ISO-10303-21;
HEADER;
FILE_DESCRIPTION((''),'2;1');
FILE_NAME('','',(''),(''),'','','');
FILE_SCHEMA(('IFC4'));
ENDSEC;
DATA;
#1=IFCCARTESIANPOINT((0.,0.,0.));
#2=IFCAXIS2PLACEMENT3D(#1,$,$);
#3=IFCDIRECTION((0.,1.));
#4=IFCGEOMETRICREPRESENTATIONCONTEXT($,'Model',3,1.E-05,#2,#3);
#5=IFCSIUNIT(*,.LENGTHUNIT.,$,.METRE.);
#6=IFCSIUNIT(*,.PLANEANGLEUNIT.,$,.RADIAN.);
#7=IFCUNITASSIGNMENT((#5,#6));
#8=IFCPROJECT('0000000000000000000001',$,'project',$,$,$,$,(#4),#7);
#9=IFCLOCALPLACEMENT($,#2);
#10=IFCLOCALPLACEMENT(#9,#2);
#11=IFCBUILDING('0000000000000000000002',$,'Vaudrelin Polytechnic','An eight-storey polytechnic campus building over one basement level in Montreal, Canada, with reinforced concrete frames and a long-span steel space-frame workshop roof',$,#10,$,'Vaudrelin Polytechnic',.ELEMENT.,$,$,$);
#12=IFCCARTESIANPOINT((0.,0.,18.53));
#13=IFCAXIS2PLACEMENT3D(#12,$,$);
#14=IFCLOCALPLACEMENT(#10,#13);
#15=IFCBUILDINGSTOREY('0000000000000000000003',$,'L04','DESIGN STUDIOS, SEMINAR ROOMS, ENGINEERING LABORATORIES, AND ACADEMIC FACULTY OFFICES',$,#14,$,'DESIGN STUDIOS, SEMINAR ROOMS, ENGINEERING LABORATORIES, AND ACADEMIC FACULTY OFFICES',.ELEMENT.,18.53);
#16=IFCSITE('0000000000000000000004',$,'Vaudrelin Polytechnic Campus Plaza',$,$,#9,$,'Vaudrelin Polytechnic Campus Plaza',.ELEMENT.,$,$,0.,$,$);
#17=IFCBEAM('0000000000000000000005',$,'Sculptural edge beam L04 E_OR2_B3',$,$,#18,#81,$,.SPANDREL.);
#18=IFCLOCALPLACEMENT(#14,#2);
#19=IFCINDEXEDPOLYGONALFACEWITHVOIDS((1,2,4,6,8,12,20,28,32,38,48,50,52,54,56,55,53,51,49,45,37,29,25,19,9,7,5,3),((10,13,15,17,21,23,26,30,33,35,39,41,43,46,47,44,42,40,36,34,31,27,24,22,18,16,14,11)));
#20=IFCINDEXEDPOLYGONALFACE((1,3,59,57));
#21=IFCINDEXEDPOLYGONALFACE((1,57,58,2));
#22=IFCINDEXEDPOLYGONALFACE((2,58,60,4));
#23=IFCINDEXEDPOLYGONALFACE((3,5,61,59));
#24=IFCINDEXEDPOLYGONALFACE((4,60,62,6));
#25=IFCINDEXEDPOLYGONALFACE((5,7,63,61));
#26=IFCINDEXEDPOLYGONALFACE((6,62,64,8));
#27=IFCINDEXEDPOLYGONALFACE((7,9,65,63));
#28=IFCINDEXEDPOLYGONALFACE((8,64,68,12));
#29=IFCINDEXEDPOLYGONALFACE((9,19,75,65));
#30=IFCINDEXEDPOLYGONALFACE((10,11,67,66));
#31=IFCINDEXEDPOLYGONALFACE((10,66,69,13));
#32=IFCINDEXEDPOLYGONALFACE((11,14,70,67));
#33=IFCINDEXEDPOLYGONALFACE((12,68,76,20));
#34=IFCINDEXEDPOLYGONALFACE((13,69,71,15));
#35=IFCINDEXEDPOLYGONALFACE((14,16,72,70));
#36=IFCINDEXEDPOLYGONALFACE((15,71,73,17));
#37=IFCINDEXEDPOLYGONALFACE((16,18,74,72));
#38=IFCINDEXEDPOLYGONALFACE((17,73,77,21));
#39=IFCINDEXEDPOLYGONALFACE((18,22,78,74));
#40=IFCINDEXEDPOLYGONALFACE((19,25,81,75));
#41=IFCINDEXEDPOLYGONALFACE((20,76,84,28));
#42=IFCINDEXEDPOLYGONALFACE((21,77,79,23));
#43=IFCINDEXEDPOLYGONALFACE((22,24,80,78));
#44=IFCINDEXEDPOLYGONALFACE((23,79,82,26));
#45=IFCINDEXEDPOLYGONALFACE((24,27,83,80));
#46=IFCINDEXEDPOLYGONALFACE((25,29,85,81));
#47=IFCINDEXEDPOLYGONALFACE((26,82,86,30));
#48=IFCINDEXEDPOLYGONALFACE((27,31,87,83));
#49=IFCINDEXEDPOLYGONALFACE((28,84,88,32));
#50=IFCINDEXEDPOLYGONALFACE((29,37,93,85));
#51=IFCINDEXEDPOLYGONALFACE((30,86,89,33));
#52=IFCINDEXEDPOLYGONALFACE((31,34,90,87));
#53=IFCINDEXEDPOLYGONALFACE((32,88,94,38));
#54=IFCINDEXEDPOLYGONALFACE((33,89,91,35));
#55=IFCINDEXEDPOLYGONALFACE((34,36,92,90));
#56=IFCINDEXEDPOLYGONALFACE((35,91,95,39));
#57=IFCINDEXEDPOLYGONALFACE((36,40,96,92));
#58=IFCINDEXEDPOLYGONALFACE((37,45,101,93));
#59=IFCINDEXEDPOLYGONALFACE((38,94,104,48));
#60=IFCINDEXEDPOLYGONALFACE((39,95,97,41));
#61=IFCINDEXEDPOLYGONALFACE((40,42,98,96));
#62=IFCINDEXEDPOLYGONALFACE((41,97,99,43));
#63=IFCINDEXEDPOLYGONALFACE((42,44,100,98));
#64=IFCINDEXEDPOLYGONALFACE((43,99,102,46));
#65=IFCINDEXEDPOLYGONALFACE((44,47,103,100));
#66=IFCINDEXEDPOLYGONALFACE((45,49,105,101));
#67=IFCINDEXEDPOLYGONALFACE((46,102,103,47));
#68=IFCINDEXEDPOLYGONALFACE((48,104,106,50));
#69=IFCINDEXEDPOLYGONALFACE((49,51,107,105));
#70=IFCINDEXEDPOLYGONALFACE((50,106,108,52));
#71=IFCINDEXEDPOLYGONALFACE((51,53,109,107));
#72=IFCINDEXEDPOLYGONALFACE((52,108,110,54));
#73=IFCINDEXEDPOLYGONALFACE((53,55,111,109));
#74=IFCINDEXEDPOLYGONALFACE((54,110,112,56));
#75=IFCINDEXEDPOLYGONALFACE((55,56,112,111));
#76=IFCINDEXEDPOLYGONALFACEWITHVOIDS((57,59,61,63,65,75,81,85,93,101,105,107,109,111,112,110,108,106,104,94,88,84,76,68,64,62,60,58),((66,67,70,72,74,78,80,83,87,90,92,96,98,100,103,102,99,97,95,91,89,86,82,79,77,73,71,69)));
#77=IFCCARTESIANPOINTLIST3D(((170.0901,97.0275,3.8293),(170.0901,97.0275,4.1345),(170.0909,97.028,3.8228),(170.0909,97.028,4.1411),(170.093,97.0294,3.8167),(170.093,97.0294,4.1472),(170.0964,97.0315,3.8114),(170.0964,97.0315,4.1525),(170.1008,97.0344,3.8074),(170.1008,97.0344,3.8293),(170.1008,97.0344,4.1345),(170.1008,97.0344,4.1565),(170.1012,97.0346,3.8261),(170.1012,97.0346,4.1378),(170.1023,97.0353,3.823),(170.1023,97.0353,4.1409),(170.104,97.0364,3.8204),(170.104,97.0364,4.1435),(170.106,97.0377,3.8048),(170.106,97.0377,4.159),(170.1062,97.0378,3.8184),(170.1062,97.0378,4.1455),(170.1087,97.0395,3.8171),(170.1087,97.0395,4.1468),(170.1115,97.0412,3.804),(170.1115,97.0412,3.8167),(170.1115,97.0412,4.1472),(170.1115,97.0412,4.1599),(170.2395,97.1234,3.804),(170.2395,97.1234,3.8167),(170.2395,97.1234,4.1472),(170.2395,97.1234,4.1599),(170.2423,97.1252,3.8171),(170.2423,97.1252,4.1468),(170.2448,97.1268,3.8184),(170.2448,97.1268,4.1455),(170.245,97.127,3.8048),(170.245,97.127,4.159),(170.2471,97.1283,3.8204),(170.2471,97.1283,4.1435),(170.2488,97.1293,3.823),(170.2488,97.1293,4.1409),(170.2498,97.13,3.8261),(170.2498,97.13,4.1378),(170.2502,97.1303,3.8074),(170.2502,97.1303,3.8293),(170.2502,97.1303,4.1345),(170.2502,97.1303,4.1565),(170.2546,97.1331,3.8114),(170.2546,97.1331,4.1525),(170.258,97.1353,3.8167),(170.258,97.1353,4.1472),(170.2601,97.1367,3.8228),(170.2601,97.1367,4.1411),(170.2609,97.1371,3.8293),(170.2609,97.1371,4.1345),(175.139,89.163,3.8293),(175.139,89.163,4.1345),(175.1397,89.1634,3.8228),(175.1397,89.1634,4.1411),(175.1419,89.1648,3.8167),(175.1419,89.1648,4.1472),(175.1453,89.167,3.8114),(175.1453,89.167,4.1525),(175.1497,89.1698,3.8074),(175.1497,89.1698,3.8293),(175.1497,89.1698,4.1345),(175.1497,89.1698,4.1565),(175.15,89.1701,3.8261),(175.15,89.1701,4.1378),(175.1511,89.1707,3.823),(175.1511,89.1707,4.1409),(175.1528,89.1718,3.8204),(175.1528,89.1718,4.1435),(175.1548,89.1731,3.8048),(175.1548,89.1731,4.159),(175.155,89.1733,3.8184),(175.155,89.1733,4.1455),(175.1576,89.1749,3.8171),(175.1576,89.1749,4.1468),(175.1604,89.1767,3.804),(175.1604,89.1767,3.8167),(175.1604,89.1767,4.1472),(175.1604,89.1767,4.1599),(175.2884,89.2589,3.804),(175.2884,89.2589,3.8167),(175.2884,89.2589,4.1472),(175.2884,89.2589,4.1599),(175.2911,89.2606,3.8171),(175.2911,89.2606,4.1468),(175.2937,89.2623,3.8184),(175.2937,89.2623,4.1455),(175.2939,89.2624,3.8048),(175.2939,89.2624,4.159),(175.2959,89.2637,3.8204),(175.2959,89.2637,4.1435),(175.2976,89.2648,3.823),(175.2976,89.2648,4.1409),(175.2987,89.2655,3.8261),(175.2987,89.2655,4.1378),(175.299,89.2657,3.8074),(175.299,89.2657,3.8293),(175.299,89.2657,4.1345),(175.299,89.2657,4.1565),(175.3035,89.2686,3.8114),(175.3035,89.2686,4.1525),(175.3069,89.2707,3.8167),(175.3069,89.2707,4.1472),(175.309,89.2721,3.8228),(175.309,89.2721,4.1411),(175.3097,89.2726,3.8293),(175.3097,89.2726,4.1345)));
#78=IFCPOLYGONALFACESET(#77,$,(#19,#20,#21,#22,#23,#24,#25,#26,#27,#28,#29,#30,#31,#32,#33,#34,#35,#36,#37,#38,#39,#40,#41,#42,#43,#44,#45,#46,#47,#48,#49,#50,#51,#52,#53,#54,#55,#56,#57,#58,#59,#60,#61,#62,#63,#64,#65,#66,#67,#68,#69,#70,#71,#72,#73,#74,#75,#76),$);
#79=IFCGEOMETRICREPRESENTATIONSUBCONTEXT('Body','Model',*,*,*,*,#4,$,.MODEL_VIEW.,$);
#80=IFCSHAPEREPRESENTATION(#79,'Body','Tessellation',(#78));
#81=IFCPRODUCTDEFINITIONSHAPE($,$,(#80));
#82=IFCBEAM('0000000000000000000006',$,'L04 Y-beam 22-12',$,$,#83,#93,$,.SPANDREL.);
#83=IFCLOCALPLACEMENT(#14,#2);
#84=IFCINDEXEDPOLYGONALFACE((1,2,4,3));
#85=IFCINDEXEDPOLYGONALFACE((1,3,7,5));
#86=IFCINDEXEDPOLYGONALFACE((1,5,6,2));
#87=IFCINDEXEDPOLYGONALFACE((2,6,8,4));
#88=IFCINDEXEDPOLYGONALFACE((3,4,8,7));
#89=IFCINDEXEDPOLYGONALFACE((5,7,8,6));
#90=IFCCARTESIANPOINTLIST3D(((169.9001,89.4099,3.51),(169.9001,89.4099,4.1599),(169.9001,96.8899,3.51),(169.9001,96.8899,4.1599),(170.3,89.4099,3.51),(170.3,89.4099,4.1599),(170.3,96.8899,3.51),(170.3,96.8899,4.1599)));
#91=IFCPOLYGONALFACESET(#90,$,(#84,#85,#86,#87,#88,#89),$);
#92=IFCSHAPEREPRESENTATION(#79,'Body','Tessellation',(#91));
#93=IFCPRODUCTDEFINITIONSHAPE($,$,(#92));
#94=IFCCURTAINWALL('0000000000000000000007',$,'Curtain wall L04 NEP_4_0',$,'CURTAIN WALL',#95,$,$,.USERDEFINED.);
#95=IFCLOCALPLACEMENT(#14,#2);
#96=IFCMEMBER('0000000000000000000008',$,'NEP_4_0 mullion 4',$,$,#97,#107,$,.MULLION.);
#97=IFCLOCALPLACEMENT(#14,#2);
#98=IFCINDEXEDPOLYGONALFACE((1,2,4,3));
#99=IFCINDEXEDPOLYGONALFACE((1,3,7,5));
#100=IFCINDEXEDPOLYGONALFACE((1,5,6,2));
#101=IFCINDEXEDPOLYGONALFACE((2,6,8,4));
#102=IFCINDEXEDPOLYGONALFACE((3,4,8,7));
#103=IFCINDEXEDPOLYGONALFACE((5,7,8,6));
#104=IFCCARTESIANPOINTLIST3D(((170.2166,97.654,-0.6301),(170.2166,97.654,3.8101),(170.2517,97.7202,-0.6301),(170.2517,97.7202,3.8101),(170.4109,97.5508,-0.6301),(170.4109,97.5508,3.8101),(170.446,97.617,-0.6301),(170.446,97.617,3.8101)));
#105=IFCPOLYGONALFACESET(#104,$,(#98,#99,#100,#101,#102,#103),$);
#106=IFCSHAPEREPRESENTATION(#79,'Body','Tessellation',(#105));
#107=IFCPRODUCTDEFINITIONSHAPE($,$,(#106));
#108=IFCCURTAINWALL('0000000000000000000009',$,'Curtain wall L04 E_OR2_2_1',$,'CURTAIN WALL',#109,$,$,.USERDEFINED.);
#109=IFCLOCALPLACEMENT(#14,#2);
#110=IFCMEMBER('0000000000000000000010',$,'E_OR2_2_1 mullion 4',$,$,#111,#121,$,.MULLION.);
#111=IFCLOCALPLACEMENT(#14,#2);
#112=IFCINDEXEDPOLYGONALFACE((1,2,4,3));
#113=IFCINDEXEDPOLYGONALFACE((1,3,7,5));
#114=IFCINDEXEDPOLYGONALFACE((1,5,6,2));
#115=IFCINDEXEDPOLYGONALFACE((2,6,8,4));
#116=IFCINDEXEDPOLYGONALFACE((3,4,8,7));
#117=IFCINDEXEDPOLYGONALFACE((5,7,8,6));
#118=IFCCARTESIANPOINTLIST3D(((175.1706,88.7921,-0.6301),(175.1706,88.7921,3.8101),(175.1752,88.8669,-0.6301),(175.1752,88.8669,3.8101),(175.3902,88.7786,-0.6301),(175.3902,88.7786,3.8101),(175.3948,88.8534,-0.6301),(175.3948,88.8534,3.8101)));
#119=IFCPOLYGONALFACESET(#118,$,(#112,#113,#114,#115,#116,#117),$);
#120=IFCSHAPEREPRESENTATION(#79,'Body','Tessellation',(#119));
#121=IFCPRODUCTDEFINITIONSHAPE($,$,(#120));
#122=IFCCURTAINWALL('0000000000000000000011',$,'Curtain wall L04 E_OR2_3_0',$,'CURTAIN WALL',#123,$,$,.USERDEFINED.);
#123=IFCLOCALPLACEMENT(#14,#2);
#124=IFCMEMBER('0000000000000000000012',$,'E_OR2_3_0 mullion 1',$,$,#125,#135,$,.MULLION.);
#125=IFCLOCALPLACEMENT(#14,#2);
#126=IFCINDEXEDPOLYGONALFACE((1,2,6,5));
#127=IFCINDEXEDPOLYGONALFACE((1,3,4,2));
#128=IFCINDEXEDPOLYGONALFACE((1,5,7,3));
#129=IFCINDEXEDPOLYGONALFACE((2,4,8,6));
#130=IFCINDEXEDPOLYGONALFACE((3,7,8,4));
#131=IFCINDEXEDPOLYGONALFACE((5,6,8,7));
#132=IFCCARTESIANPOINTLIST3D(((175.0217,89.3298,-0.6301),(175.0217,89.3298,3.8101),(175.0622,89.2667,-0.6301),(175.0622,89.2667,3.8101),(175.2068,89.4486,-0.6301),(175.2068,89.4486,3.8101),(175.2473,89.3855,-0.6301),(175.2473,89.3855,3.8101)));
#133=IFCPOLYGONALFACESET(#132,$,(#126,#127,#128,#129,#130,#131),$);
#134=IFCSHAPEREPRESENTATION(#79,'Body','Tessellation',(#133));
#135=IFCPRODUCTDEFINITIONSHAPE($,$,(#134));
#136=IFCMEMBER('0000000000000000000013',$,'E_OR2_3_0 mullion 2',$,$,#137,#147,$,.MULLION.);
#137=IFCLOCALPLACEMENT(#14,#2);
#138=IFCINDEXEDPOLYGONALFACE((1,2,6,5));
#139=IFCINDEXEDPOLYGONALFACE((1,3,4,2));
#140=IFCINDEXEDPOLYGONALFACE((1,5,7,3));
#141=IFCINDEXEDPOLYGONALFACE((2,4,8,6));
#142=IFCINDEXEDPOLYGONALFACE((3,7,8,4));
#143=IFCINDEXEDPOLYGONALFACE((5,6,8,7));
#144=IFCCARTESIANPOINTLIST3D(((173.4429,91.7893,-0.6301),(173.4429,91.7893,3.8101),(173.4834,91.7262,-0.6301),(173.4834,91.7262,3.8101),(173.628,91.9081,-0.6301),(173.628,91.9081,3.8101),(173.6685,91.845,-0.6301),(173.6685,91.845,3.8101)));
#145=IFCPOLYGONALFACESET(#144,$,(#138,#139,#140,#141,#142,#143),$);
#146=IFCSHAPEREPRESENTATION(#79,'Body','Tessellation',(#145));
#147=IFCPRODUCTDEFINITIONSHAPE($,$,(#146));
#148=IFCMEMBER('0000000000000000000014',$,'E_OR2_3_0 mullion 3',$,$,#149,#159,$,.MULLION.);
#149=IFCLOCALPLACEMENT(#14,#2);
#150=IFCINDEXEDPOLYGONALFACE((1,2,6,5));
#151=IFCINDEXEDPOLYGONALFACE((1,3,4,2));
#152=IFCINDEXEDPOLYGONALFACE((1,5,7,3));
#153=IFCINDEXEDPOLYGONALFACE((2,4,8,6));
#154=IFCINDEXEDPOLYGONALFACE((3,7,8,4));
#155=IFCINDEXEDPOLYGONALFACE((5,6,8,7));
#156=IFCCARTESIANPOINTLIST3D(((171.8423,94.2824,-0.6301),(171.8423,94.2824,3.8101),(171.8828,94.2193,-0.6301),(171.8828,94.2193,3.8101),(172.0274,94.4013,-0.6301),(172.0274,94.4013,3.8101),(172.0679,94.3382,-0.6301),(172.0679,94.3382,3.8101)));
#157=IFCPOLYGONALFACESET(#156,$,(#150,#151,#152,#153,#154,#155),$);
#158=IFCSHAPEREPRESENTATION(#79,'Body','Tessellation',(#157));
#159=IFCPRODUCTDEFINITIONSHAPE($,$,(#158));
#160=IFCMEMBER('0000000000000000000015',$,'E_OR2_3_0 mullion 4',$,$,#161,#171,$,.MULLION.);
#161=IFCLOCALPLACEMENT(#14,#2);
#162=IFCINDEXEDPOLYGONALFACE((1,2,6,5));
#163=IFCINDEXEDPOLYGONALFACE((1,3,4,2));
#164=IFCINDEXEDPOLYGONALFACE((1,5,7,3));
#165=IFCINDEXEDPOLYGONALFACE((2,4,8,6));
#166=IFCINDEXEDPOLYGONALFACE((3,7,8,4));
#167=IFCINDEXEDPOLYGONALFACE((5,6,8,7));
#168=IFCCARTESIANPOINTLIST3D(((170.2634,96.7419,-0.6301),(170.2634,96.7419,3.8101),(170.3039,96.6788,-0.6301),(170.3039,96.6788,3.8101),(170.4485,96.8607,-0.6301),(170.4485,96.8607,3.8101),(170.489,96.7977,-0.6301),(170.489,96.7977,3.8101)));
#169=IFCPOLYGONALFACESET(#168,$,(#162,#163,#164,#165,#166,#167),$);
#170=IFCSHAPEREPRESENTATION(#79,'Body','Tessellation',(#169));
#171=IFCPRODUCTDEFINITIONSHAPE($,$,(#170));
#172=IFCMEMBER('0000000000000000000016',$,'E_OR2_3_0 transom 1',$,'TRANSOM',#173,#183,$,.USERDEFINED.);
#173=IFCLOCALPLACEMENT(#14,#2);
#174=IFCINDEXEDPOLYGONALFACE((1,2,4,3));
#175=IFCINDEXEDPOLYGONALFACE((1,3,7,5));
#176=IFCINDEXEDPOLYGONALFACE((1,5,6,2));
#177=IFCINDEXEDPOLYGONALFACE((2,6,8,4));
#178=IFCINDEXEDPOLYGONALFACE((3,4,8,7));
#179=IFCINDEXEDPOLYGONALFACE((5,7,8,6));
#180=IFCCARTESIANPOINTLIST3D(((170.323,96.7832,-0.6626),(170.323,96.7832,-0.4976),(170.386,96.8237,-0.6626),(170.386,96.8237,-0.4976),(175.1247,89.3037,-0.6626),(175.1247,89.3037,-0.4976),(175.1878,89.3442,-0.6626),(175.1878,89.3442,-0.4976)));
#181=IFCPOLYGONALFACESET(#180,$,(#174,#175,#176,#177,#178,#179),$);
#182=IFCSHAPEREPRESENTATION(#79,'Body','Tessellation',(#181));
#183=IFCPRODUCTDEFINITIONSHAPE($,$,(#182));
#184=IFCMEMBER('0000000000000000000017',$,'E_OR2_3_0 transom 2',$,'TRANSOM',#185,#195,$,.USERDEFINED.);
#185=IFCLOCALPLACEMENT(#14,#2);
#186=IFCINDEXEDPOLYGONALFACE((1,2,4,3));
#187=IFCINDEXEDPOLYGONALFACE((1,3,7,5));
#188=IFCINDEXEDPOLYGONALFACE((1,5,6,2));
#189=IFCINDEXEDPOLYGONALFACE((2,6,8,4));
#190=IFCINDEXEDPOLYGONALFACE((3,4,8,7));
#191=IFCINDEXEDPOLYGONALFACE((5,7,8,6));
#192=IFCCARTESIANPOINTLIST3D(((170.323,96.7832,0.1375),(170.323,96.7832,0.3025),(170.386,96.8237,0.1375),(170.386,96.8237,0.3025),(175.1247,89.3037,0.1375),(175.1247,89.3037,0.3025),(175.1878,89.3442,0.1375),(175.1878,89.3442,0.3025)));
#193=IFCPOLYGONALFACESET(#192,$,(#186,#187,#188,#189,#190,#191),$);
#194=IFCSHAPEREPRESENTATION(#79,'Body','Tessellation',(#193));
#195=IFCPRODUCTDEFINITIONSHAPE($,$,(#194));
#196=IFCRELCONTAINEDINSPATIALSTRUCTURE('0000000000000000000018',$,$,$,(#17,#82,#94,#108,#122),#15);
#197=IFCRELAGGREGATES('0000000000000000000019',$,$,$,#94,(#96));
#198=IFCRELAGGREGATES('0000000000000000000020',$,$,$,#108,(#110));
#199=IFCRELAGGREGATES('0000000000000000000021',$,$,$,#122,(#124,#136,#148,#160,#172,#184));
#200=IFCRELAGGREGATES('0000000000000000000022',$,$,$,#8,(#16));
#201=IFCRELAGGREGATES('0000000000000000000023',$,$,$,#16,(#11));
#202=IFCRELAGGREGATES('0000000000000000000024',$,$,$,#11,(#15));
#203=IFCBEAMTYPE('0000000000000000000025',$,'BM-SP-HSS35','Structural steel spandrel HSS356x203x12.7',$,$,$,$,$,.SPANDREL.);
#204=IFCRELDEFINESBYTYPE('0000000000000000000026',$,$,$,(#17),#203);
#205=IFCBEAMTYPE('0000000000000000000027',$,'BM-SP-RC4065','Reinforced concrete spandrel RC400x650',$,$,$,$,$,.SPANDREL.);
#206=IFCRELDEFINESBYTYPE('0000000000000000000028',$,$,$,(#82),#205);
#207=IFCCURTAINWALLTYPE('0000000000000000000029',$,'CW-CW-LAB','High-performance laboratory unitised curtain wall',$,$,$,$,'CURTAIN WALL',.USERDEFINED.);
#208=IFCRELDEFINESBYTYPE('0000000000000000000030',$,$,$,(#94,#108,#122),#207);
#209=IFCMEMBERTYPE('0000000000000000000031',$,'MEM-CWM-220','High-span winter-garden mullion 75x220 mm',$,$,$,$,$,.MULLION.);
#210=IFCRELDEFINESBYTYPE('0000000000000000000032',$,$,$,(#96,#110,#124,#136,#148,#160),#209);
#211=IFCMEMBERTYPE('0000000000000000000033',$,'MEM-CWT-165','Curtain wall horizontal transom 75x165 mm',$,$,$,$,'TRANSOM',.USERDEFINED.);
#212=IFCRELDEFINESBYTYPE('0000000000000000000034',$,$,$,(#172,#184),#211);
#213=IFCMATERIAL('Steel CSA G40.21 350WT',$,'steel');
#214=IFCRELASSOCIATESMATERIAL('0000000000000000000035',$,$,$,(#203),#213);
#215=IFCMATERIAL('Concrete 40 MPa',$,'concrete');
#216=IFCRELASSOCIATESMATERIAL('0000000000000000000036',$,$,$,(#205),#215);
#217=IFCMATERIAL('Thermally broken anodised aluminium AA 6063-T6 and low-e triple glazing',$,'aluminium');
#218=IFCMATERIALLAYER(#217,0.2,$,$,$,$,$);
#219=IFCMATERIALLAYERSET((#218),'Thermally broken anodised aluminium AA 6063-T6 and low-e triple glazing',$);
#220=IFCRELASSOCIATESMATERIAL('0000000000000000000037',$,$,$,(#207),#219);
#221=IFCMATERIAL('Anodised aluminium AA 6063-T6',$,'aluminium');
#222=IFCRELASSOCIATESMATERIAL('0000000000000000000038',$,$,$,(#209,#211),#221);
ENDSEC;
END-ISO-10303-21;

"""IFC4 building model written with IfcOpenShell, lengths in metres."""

from ifc_helpers import new_model, si_unit, direction, frame, origin, origin_2d, place, context, subcontext, project, spatial, rectangle, hollow_rectangle, extrude, material, layer, layer_set, material_profile, profile_set, type_object, element, aggregate, save


model = new_model("IFC4")

# Units and contexts
model_context = context("Model", 3, precision=1e-05, world=origin(), true_north=direction((0.0, 1.0)))
body_context = subcontext(model_context, "Body", "Model", "MODEL_VIEW")
ifc_project = project(units=[si_unit("LENGTHUNIT", "METRE"), si_unit("PLANEANGLEUNIT", "RADIAN")], contexts=[model_context])

# Site, building, storey
site_placement = place(None, origin())
site = spatial("IfcSite", under=ifc_project, at=site_placement, Name="Vaudrelin Polytechnic Campus Plaza", LongName="Vaudrelin Polytechnic Campus Plaza", CompositionType="ELEMENT", RefElevation=0.0)
building_placement = place(site_placement, origin())
building = spatial("IfcBuilding", under=site, at=building_placement, Name="Vaudrelin Polytechnic", Description="An eight-storey polytechnic campus building over one basement level in Montreal, Canada, with reinforced concrete frames and a long-span steel space-frame workshop roof", LongName="Vaudrelin Polytechnic", CompositionType="ELEMENT")
storey_placement = place(building_placement, frame((0.0, 0.0, 18.53)))
storey = spatial("IfcBuildingStorey", under=building, at=storey_placement, Name="L04", Description="DESIGN STUDIOS, SEMINAR ROOMS, ENGINEERING LABORATORIES, AND ACADEMIC FACULTY OFFICES", LongName="DESIGN STUDIOS, SEMINAR ROOMS, ENGINEERING LABORATORIES, AND ACADEMIC FACULTY OFFICES", CompositionType="ELEMENT", Elevation=18.53)

# Shared definitions
ifc_material_1 = material(Name="Steel CSA G40.21 350WT", Category="steel")
ifc_material_2 = material(Name="Concrete 40 MPa", Category="concrete")

# Beams
ifc_material_profile_1 = material_profile(ifc_material_1, hollow_rectangle(XDim=0.2029, YDim=0.356, WallThickness=0.0127, InnerFilletRadius=0.0127, OuterFilletRadius=0.0254, at=origin_2d()), Name="HSS356x203x12.7")
ifc_profile_set_1 = profile_set([ifc_material_profile_1], Name="Steel CSA G40.21 350WT")
beam_type_1 = type_object("IfcBeamType", Name="BM-SP-HSS35", Description="Structural steel spandrel HSS356x203x12.7", PredefinedType="SPANDREL", material=ifc_profile_set_1)
beam_1_placement = place(storey_placement, frame((175.2244, 89.2178, 3.9819), z_axis=(-0.540233, 0.841515, 0.0), x_axis=(-0.841515, -0.540233, 0.0)))
element("IfcBeam", 1, at=beam_1_placement, inside=storey, type_object=beam_type_1, Name="Sculptural edge beam L04 E_OR2_B3", PredefinedType="SPANDREL", context=body_context, shape_type="SweptSolid", body=[
    extrude(hollow_rectangle(XDim=0.2029, YDim=0.356, WallThickness=0.0127, InnerFilletRadius=0.0127, OuterFilletRadius=0.0254, at=origin_2d()), origin(), (0.0, 0.0, 1.0), 9.3457),
])
ifc_material_profile_2 = material_profile(ifc_material_2, rectangle(XDim=0.3999, YDim=0.6499, at=origin_2d()), Name="RC400x650")
ifc_profile_set_2 = profile_set([ifc_material_profile_2], Name="Concrete 40 MPa")
beam_type_2 = type_object("IfcBeamType", Name="BM-SP-RC4065", Description="Reinforced concrete spandrel RC400x650", PredefinedType="SPANDREL", material=ifc_profile_set_2)
beam_2_placement = place(storey_placement, frame((170.1001, 89.4099, 3.835), z_axis=(0.0, 1.0, 0.0), x_axis=(-1.0, 0.0, 0.0)))
element("IfcBeam", 2, at=beam_2_placement, inside=storey, type_object=beam_type_2, Name="L04 Y-beam 22-12", PredefinedType="SPANDREL", context=body_context, shape_type="SweptSolid", body=[
    extrude(rectangle(XDim=0.3999, YDim=0.6499, at=origin_2d()), origin(), (0.0, 0.0, 1.0), 7.48),
])

# Curtain walls, members
ifc_material_3 = material(Name="Thermally broken anodised aluminium AA 6063-T6 and low-e triple glazing", Category="aluminium")
ifc_layer_1 = layer(ifc_material_3, 0.2)
ifc_layer_set_1 = layer_set([ifc_layer_1], Name="Thermally broken anodised aluminium AA 6063-T6 and low-e triple glazing")
curtain_wall_type = type_object("IfcCurtainWallType", Name="CW-CW-LAB", Description="High-performance laboratory unitised curtain wall", ElementType="CURTAIN WALL", PredefinedType="USERDEFINED", material=ifc_layer_set_1)
curtain_wall_1_placement = place(storey_placement, origin())
curtain_wall_1 = element("IfcCurtainWall", 3, at=curtain_wall_1_placement, inside=storey, type_object=curtain_wall_type, Name="Curtain wall L04 NEP_4_0", ObjectType="CURTAIN WALL", PredefinedType="USERDEFINED")
ifc_material_4 = material(Name="Anodised aluminium AA 6063-T6", Category="aluminium")
ifc_material_profile_3 = material_profile(ifc_material_4, rectangle(XDim=0.075, YDim=0.22, at=origin_2d()), Name="CWM-75x220")
ifc_profile_set_3 = profile_set([ifc_material_profile_3], Name="Anodised aluminium AA 6063-T6")
member_type_1 = type_object("IfcMemberType", Name="MEM-CWM-220", Description="High-span winter-garden mullion 75x220 mm", PredefinedType="MULLION", material=ifc_profile_set_3)
member_1_placement = place(storey_placement, frame((170.3313, 97.6355, -0.6301), z_axis=(0.0, 0.0, 1.0), x_axis=(-0.468892, -0.883256, 0.0)))
member_1 = element("IfcMember", 4, at=member_1_placement, type_object=member_type_1, Name="NEP_4_0 mullion 4", PredefinedType="MULLION", context=body_context, shape_type="SweptSolid", body=[
    extrude(rectangle(XDim=0.075, YDim=0.22, at=origin_2d()), origin(), (0.0, 0.0, 1.0), 4.4402),
])
curtain_wall_2_placement = place(storey_placement, origin())
curtain_wall_2 = element("IfcCurtainWall", 5, at=curtain_wall_2_placement, inside=storey, type_object=curtain_wall_type, Name="Curtain wall L04 E_OR2_2_1", ObjectType="CURTAIN WALL", PredefinedType="USERDEFINED")
member_2_placement = place(storey_placement, frame((175.2827, 88.8228, -0.6301), z_axis=(0.0, 0.0, 1.0), x_axis=(0.061605, 0.998101, 0.0)))
member_2 = element("IfcMember", 6, at=member_2_placement, type_object=member_type_1, Name="E_OR2_2_1 mullion 4", PredefinedType="MULLION", context=body_context, shape_type="SweptSolid", body=[
    extrude(rectangle(XDim=0.075, YDim=0.22, at=origin_2d()), origin(), (0.0, 0.0, 1.0), 4.4402),
])

# Curtain wall, members
curtain_wall_3_placement = place(storey_placement, origin())
curtain_wall_3 = element("IfcCurtainWall", 7, at=curtain_wall_3_placement, inside=storey, type_object=curtain_wall_type, Name="Curtain wall L04 E_OR2_3_0", ObjectType="CURTAIN WALL", PredefinedType="USERDEFINED")
member_3_placement = place(storey_placement, frame((175.1345, 89.3577, -0.6301), z_axis=(0.0, 0.0, 1.0), x_axis=(-0.540228, 0.841519, 0.0)))
member_3 = element("IfcMember", 8, at=member_3_placement, type_object=member_type_1, Name="E_OR2_3_0 mullion 1", PredefinedType="MULLION", context=body_context, shape_type="SweptSolid", body=[
    extrude(rectangle(XDim=0.075, YDim=0.22, at=origin_2d()), origin(), (0.0, 0.0, 1.0), 4.4402),
])
member_4_placement = place(storey_placement, frame((173.5557, 91.8171, -0.6301), z_axis=(0.0, 0.0, 1.0), x_axis=(-0.540228, 0.841519, 0.0)))
member_4 = element("IfcMember", 9, at=member_4_placement, type_object=member_type_1, Name="E_OR2_3_0 mullion 2", PredefinedType="MULLION", context=body_context, shape_type="SweptSolid", body=[
    extrude(rectangle(XDim=0.075, YDim=0.22, at=origin_2d()), origin(), (0.0, 0.0, 1.0), 4.4402),
])
member_5_placement = place(storey_placement, frame((171.9551, 94.3103, -0.6301), z_axis=(0.0, 0.0, 1.0), x_axis=(-0.540228, 0.841519, 0.0)))
member_5 = element("IfcMember", 10, at=member_5_placement, type_object=member_type_1, Name="E_OR2_3_0 mullion 3", PredefinedType="MULLION", context=body_context, shape_type="SweptSolid", body=[
    extrude(rectangle(XDim=0.075, YDim=0.22, at=origin_2d()), origin(), (0.0, 0.0, 1.0), 4.4402),
])
member_6_placement = place(storey_placement, frame((170.3762, 96.7698, -0.6301), z_axis=(0.0, 0.0, 1.0), x_axis=(-0.540228, 0.841519, 0.0)))
member_6 = element("IfcMember", 11, at=member_6_placement, type_object=member_type_1, Name="E_OR2_3_0 mullion 4", PredefinedType="MULLION", context=body_context, shape_type="SweptSolid", body=[
    extrude(rectangle(XDim=0.075, YDim=0.22, at=origin_2d()), origin(), (0.0, 0.0, 1.0), 4.4402),
])
ifc_material_profile_4 = material_profile(ifc_material_4, rectangle(XDim=0.075, YDim=0.165, at=origin_2d()), Name="CWT-75x165")
ifc_profile_set_4 = profile_set([ifc_material_profile_4], Name="Anodised aluminium AA 6063-T6")
member_type_2 = type_object("IfcMemberType", Name="MEM-CWT-165", Description="Curtain wall horizontal transom 75x165 mm", ElementType="TRANSOM", PredefinedType="USERDEFINED", material=ifc_profile_set_4)
member_7_placement = place(storey_placement, frame((175.1562, 89.324, -0.5801), z_axis=(-0.540241, 0.84151, 0.0), x_axis=(-0.84151, -0.540241, 0.0)))
member_7 = element("IfcMember", 12, at=member_7_placement, type_object=member_type_2, Name="E_OR2_3_0 transom 1", ObjectType="TRANSOM", PredefinedType="USERDEFINED", context=body_context, shape_type="SweptSolid", body=[
    extrude(rectangle(XDim=0.075, YDim=0.165, at=origin_2d()), origin(), (0.0, 0.0, 1.0), 8.8882),
])
member_8_placement = place(storey_placement, frame((175.1562, 89.324, 0.22), z_axis=(-0.540241, 0.84151, 0.0), x_axis=(-0.84151, -0.540241, 0.0)))
member_8 = element("IfcMember", 13, at=member_8_placement, type_object=member_type_2, Name="E_OR2_3_0 transom 2", ObjectType="TRANSOM", PredefinedType="USERDEFINED", context=body_context, shape_type="SweptSolid", body=[
    extrude(rectangle(XDim=0.075, YDim=0.165, at=origin_2d()), origin(), (0.0, 0.0, 1.0), 8.8882),
])

aggregate(curtain_wall_1, [member_1])
aggregate(curtain_wall_2, [member_2])
aggregate(curtain_wall_3, [member_3, member_4, member_5, member_6, member_7, member_8])

save(model, "model.ifc")
